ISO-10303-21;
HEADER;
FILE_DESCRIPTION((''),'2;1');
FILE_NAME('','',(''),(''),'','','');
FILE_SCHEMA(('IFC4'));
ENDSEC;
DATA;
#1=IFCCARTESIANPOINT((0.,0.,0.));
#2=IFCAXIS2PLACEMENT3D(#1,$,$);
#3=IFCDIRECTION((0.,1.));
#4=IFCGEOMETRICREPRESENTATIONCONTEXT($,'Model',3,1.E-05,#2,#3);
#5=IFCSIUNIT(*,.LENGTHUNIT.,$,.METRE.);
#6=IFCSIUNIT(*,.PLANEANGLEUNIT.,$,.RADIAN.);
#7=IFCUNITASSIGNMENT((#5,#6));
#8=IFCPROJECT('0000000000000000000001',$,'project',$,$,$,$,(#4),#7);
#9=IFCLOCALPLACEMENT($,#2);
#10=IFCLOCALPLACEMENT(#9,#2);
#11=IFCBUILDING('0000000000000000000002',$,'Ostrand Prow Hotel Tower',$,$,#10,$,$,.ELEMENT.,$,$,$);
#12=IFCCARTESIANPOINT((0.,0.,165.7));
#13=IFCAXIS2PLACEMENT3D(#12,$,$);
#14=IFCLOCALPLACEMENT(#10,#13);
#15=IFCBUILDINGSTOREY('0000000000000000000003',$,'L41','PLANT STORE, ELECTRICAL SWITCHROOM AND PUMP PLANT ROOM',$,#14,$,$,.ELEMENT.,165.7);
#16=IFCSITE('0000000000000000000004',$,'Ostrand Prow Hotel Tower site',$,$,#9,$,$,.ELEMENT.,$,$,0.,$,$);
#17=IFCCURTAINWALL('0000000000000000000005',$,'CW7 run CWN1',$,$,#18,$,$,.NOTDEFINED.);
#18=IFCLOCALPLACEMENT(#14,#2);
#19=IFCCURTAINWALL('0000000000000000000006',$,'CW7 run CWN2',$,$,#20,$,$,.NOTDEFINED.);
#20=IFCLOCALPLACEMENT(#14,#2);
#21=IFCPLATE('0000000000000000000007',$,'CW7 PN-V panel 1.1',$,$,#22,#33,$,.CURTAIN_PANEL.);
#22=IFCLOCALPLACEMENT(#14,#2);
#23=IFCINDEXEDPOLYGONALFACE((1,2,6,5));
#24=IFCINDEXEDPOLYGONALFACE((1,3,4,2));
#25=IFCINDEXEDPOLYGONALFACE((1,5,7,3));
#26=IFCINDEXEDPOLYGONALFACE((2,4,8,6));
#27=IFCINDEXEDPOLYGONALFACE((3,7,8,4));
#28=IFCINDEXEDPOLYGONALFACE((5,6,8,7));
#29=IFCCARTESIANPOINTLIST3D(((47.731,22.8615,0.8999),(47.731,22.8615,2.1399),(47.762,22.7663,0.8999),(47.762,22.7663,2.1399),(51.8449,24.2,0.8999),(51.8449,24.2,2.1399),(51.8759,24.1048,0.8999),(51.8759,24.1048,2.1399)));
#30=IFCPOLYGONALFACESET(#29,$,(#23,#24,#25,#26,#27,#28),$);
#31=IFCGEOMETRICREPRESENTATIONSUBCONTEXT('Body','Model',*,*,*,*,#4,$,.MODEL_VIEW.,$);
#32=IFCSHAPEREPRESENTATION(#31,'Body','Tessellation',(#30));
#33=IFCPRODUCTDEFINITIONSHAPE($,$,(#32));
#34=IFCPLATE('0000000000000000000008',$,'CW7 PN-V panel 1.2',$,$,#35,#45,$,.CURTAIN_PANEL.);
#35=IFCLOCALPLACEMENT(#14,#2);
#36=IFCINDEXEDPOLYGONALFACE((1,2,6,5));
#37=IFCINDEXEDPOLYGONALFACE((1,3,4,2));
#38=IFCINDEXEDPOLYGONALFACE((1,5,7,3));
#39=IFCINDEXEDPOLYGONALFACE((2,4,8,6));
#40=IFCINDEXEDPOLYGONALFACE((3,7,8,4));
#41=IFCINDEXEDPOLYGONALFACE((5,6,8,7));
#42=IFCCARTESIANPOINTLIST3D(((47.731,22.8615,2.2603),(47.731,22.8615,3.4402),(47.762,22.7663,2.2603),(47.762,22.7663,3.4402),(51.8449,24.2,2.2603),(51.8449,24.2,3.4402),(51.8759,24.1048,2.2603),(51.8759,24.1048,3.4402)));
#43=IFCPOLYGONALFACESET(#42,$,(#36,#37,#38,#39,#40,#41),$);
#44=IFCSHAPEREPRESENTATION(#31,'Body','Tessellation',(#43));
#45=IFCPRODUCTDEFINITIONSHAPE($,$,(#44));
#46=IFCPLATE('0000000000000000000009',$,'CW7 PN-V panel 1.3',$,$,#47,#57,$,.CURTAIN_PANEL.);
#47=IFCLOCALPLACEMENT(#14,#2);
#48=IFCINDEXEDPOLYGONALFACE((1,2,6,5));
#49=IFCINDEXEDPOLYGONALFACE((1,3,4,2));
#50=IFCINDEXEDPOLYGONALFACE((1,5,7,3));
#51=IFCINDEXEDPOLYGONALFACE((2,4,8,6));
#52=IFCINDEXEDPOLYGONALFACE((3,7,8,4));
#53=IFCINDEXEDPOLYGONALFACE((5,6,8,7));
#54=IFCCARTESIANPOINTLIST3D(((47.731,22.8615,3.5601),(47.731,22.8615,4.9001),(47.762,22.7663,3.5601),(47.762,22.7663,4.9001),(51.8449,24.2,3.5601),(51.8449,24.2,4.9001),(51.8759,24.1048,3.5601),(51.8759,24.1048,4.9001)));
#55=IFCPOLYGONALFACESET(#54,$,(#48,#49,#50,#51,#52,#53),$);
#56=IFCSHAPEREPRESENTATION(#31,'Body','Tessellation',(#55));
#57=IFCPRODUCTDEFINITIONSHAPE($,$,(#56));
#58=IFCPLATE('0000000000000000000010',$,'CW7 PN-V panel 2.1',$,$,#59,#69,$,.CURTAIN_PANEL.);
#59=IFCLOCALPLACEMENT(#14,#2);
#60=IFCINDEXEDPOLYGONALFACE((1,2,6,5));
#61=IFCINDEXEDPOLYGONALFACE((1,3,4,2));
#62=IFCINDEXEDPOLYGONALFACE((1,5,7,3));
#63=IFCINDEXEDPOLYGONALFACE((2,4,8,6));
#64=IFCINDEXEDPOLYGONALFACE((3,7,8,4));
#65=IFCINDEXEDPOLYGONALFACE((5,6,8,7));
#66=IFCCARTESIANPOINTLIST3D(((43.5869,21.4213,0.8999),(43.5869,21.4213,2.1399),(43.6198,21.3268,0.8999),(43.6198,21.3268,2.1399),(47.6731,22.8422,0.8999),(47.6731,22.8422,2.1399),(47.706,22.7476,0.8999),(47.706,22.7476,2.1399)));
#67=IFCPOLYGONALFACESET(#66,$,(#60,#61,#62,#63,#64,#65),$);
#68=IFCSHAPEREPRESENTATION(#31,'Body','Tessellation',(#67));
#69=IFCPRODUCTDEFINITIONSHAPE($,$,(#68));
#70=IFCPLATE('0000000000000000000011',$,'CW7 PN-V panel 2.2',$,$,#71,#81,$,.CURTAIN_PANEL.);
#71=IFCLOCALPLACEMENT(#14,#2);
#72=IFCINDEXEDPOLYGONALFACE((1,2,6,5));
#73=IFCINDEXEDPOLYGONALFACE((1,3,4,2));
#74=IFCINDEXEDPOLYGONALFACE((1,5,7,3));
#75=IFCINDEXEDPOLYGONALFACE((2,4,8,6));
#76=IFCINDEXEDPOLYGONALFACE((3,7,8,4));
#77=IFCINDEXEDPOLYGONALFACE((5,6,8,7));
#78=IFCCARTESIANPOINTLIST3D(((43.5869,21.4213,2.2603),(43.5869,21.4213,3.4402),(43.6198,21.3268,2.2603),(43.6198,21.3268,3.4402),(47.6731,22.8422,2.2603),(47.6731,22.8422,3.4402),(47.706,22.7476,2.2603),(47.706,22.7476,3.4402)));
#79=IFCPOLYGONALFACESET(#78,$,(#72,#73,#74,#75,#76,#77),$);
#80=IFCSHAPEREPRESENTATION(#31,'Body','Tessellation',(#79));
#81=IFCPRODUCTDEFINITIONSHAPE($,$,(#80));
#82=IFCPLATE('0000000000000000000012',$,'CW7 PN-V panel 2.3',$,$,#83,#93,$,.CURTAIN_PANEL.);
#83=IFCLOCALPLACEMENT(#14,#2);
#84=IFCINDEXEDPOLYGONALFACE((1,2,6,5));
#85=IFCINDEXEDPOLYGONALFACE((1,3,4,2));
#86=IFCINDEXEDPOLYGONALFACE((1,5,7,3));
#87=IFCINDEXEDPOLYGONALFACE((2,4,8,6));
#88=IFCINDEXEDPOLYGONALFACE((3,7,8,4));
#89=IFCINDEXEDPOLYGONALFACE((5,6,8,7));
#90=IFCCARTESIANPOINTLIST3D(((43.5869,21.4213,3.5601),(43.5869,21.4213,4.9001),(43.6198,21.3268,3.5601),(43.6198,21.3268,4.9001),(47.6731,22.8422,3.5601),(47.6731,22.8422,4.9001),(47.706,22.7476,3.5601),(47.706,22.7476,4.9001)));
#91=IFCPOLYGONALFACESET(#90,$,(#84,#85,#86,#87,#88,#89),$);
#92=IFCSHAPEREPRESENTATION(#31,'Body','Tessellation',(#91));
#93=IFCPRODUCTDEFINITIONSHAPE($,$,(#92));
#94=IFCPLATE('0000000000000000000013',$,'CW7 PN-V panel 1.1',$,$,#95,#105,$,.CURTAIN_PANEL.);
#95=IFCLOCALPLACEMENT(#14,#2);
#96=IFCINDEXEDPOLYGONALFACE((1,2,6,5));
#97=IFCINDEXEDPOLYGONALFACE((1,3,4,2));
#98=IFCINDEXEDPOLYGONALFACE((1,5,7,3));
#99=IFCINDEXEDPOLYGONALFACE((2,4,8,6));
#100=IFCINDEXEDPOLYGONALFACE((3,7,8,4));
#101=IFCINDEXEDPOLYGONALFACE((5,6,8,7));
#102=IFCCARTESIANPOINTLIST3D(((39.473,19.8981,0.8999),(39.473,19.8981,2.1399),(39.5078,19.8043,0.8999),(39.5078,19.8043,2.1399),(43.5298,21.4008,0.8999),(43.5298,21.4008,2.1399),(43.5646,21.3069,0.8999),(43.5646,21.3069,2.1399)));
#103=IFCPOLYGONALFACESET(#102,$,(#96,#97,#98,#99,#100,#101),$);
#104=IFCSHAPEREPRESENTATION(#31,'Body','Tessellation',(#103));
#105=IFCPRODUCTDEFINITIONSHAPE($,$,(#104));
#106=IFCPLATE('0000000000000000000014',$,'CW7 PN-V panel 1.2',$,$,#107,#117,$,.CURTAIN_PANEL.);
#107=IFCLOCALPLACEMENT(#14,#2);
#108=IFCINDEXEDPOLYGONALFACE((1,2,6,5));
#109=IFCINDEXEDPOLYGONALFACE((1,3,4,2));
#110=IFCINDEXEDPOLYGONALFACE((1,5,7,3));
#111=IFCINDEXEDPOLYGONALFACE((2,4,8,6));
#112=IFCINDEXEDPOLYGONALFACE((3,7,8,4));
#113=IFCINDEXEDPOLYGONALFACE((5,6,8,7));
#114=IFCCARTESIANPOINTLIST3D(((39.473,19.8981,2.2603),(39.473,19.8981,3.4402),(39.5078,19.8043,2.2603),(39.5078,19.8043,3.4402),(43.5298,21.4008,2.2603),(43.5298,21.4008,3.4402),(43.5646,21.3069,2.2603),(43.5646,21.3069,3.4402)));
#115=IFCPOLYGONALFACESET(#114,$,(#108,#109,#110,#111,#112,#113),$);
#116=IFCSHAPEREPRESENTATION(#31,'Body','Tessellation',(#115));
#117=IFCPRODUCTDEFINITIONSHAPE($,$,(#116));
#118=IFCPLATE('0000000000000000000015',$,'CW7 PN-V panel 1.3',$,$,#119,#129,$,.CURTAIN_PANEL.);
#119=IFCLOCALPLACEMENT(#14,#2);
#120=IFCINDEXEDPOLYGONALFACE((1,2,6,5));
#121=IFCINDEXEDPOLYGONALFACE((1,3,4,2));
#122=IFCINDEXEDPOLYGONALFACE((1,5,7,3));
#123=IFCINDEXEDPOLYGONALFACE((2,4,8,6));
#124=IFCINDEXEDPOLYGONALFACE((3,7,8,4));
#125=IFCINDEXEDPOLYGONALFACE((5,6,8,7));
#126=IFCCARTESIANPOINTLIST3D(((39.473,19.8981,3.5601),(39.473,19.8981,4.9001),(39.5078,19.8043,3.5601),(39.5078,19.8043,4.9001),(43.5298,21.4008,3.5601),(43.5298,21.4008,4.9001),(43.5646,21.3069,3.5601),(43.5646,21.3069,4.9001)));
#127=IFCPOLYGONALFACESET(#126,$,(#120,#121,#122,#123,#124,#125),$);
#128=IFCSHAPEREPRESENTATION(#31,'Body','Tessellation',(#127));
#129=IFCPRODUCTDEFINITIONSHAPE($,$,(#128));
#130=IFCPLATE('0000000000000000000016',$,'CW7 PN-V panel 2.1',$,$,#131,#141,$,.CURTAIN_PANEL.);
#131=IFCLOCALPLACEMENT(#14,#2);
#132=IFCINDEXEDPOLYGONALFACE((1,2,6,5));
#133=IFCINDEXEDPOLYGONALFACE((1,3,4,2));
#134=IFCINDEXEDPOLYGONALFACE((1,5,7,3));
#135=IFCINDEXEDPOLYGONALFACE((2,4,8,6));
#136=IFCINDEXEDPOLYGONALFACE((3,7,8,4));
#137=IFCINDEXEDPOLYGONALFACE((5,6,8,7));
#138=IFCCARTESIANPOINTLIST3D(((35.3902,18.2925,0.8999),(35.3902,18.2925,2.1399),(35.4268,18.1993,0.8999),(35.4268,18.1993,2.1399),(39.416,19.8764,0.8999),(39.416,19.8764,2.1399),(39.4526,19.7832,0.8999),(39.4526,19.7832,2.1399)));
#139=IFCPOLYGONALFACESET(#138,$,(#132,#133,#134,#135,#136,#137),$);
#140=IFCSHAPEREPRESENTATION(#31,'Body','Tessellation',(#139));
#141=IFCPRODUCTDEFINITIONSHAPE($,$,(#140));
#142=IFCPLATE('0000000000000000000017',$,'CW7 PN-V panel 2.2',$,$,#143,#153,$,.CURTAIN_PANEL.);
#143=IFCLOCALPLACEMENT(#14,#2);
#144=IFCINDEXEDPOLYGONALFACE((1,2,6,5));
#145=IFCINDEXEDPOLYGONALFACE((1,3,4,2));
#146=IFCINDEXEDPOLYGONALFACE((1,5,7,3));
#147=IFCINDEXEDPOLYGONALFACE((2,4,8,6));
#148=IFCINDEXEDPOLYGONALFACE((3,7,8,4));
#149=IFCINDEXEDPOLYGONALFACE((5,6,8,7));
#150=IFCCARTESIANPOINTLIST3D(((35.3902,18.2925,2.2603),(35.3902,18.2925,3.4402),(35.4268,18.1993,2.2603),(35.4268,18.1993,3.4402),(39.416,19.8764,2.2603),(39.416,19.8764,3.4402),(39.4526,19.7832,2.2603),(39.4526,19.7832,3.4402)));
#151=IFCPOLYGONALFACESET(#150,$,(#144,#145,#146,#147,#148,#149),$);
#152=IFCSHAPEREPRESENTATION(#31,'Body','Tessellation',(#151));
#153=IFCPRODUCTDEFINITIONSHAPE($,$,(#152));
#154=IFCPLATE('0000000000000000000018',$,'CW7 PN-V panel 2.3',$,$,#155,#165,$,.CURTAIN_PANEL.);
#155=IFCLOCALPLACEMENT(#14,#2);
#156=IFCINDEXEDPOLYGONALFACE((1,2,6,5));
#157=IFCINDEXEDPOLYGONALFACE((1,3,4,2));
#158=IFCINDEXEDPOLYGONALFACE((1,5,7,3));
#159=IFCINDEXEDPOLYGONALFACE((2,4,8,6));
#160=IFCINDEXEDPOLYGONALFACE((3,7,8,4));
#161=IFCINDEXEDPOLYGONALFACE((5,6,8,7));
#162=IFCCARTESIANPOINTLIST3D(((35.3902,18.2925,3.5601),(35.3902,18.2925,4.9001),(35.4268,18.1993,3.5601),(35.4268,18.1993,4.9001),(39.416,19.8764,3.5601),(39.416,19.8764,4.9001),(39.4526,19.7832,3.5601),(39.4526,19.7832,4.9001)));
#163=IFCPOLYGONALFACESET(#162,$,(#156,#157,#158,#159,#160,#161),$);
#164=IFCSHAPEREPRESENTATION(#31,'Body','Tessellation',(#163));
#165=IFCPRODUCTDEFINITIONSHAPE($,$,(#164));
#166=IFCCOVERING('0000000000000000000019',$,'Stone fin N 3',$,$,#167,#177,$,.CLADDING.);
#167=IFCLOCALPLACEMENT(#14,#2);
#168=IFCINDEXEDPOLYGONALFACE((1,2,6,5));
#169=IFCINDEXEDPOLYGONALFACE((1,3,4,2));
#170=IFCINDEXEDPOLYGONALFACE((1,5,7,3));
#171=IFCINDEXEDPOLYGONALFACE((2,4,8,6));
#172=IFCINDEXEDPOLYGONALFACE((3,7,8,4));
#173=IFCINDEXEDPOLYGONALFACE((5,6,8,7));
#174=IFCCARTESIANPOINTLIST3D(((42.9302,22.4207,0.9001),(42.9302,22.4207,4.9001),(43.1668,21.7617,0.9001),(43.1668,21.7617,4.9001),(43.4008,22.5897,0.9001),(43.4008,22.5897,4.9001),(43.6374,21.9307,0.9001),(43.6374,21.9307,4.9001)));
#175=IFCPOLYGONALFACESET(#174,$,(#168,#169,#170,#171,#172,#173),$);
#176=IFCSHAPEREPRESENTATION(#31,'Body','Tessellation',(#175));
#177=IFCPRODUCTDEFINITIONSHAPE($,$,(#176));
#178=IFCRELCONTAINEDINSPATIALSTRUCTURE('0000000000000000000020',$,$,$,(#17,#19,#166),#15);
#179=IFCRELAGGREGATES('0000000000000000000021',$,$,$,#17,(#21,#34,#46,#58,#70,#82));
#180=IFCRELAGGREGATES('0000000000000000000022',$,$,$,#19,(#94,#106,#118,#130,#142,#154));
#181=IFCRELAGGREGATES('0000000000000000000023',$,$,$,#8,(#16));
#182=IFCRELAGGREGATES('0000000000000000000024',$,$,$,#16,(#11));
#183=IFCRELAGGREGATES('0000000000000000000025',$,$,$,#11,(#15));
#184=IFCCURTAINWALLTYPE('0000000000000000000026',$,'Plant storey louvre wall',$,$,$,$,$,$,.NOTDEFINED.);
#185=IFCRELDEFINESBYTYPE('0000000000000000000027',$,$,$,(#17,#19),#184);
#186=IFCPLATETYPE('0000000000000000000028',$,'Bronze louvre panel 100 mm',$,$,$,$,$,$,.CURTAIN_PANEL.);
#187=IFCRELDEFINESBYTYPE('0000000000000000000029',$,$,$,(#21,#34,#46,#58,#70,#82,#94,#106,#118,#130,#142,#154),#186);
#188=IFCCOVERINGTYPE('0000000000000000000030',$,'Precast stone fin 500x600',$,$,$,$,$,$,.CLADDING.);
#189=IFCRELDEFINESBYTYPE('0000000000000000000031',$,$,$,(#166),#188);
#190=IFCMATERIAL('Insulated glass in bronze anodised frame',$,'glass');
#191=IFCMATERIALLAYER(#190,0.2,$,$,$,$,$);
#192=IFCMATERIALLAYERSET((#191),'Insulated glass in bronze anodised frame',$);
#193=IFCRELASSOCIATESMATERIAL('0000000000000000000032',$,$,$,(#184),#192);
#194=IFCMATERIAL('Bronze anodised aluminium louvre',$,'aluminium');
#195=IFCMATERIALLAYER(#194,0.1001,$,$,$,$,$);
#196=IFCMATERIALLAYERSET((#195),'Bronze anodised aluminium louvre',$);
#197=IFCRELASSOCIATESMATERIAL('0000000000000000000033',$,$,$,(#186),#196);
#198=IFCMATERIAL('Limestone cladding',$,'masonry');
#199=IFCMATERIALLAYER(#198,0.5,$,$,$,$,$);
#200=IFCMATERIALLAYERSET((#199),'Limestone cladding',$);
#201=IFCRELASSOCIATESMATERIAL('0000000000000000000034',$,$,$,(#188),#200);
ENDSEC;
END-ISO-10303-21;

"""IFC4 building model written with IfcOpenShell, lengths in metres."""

from ifc_helpers import new_model, si_unit, direction, frame, frame_2d, origin, origin_2d, place, context, subcontext, project, spatial, rectangle, extrude, material, layer, layer_set, type_object, element, aggregate, save


model = new_model("IFC4")

# Units and contexts
model_context = context("Model", 3, precision=1e-05, world=origin(), true_north=direction((0.0, 1.0)))
body_context = subcontext(model_context, "Body", "Model", "MODEL_VIEW")
ifc_project = project(units=[si_unit("LENGTHUNIT", "METRE"), si_unit("PLANEANGLEUNIT", "RADIAN")], contexts=[model_context])

# Site, building, storey
site_placement = place(None, origin())
site = spatial("IfcSite", under=ifc_project, at=site_placement, Name="Ostrand Prow Hotel Tower site", CompositionType="ELEMENT", RefElevation=0.0)
building_placement = place(site_placement, origin())
building = spatial("IfcBuilding", under=site, at=building_placement, Name="Ostrand Prow Hotel Tower", CompositionType="ELEMENT")
storey_placement = place(building_placement, frame((0.0, 0.0, 165.7)))
storey = spatial("IfcBuildingStorey", under=building, at=storey_placement, Name="L41", Description="PLANT STORE, ELECTRICAL SWITCHROOM AND PUMP PLANT ROOM", CompositionType="ELEMENT", Elevation=165.7)

# Curtain walls
ifc_material_1 = material(Name="Insulated glass in bronze anodised frame", Category="glass")
ifc_layer_1 = layer(ifc_material_1, 0.2)
ifc_layer_set_1 = layer_set([ifc_layer_1], Name="Insulated glass in bronze anodised frame")
curtain_wall_type = type_object("IfcCurtainWallType", Name="Plant storey louvre wall", PredefinedType="NOTDEFINED", material=ifc_layer_set_1)
curtain_wall_1_placement = place(storey_placement, origin())
curtain_wall_1 = element("IfcCurtainWall", 1, at=curtain_wall_1_placement, inside=storey, type_object=curtain_wall_type, Name="CW7 run CWN1", PredefinedType="NOTDEFINED")
curtain_wall_2_placement = place(storey_placement, origin())
curtain_wall_2 = element("IfcCurtainWall", 2, at=curtain_wall_2_placement, inside=storey, type_object=curtain_wall_type, Name="CW7 run CWN2", PredefinedType="NOTDEFINED")

# Plates
ifc_material_2 = material(Name="Bronze anodised aluminium louvre", Category="aluminium")
ifc_layer_2 = layer(ifc_material_2, 0.1001)
ifc_layer_set_2 = layer_set([ifc_layer_2], Name="Bronze anodised aluminium louvre")
plate_type = type_object("IfcPlateType", Name="Bronze louvre panel 100 mm", PredefinedType="CURTAIN_PANEL", material=ifc_layer_set_2)
plate_1_placement = place(storey_placement, frame((49.8035, 23.4832, 0.8999), z_axis=(0.0, 0.0, 1.0), x_axis=(-0.950938, -0.30938, 0.0)))
plate_1 = element("IfcPlate", 3, at=plate_1_placement, type_object=plate_type, Name="CW7 PN-V panel 1.1", PredefinedType="CURTAIN_PANEL", context=body_context, shape_type="SweptSolid", body=[
    extrude(rectangle(XDim=4.3262, YDim=0.1001, at=origin_2d()), origin(), (0.0, 0.0, 1.0), 1.24),
])
plate_2_placement = place(storey_placement, frame((49.8035, 23.4832, 2.2603), z_axis=(0.0, 0.0, 1.0), x_axis=(-0.950938, -0.30938, 0.0)))
plate_2 = element("IfcPlate", 4, at=plate_2_placement, type_object=plate_type, Name="CW7 PN-V panel 1.2", PredefinedType="CURTAIN_PANEL", context=body_context, shape_type="SweptSolid", body=[
    extrude(rectangle(XDim=4.3262, YDim=0.1001, at=origin_2d()), origin(), (0.0, 0.0, 1.0), 1.1799),
])
plate_3_placement = place(storey_placement, frame((49.8035, 23.4832, 3.5601), z_axis=(0.0, 0.0, 1.0), x_axis=(-0.950938, -0.30938, 0.0)))
plate_3 = element("IfcPlate", 5, at=plate_3_placement, type_object=plate_type, Name="CW7 PN-V panel 1.3", PredefinedType="CURTAIN_PANEL", context=body_context, shape_type="SweptSolid", body=[
    extrude(rectangle(XDim=4.3262, YDim=0.1001, at=origin_2d()), origin(), (0.0, 0.0, 1.0), 1.3401),
])
plate_4_placement = place(storey_placement, frame((45.6465, 22.0845, 0.8999), z_axis=(0.0, 0.0, 1.0), x_axis=(-0.944529, -0.328428, 0.0)))
plate_4 = element("IfcPlate", 6, at=plate_4_placement, type_object=plate_type, Name="CW7 PN-V panel 2.1", PredefinedType="CURTAIN_PANEL", context=body_context, shape_type="SweptSolid", body=[
    extrude(rectangle(XDim=4.3262, YDim=0.1001, at=origin_2d()), origin(), (0.0, 0.0, 1.0), 1.24),
])
plate_5_placement = place(storey_placement, frame((45.6465, 22.0845, 2.2603), z_axis=(0.0, 0.0, 1.0), x_axis=(-0.944529, -0.328428, 0.0)))
plate_5 = element("IfcPlate", 7, at=plate_5_placement, type_object=plate_type, Name="CW7 PN-V panel 2.2", PredefinedType="CURTAIN_PANEL", context=body_context, shape_type="SweptSolid", body=[
    extrude(rectangle(XDim=4.3262, YDim=0.1001, at=origin_2d()), origin(), (0.0, 0.0, 1.0), 1.1799),
])
plate_6_placement = place(storey_placement, frame((45.6465, 22.0845, 3.5601), z_axis=(0.0, 0.0, 1.0), x_axis=(-0.944529, -0.328428, 0.0)))
plate_6 = element("IfcPlate", 8, at=plate_6_placement, type_object=plate_type, Name="CW7 PN-V panel 2.3", PredefinedType="CURTAIN_PANEL", context=body_context, shape_type="SweptSolid", body=[
    extrude(rectangle(XDim=4.3262, YDim=0.1001, at=origin_2d()), origin(), (0.0, 0.0, 1.0), 1.3401),
])
aggregate(curtain_wall_1, [plate_1, plate_2, plate_3, plate_4, plate_5, plate_6])
plate_7_placement = place(storey_placement, frame((41.5188, 20.6025, 0.8999), z_axis=(0.0, 0.0, 1.0), x_axis=(-0.937739, -0.347342, 0.0)))
plate_7 = element("IfcPlate", 9, at=plate_7_placement, type_object=plate_type, Name="CW7 PN-V panel 1.1", PredefinedType="CURTAIN_PANEL", context=body_context, shape_type="SweptSolid", body=[
    extrude(rectangle(XDim=4.3262, YDim=0.1001, at=origin_2d()), origin(), (0.0, 0.0, 1.0), 1.24),
])
plate_8_placement = place(storey_placement, frame((41.5188, 20.6025, 2.2603), z_axis=(0.0, 0.0, 1.0), x_axis=(-0.937739, -0.347342, 0.0)))
plate_8 = element("IfcPlate", 10, at=plate_8_placement, type_object=plate_type, Name="CW7 PN-V panel 1.2", PredefinedType="CURTAIN_PANEL", context=body_context, shape_type="SweptSolid", body=[
    extrude(rectangle(XDim=4.3262, YDim=0.1001, at=origin_2d()), origin(), (0.0, 0.0, 1.0), 1.1799),
])
plate_9_placement = place(storey_placement, frame((41.5188, 20.6025, 3.5601), z_axis=(0.0, 0.0, 1.0), x_axis=(-0.937739, -0.347342, 0.0)))
plate_9 = element("IfcPlate", 11, at=plate_9_placement, type_object=plate_type, Name="CW7 PN-V panel 1.3", PredefinedType="CURTAIN_PANEL", context=body_context, shape_type="SweptSolid", body=[
    extrude(rectangle(XDim=4.3262, YDim=0.1001, at=origin_2d()), origin(), (0.0, 0.0, 1.0), 1.3401),
])
plate_10_placement = place(storey_placement, frame((37.4214, 19.0378, 0.8999), z_axis=(0.0, 0.0, 1.0), x_axis=(-0.930569, -0.366116, 0.0)))
plate_10 = element("IfcPlate", 12, at=plate_10_placement, type_object=plate_type, Name="CW7 PN-V panel 2.1", PredefinedType="CURTAIN_PANEL", context=body_context, shape_type="SweptSolid", body=[
    extrude(rectangle(XDim=4.3262, YDim=0.1001, at=origin_2d()), origin(), (0.0, 0.0, 1.0), 1.24),
])
plate_11_placement = place(storey_placement, frame((37.4214, 19.0378, 2.2603), z_axis=(0.0, 0.0, 1.0), x_axis=(-0.930569, -0.366116, 0.0)))
plate_11 = element("IfcPlate", 13, at=plate_11_placement, type_object=plate_type, Name="CW7 PN-V panel 2.2", PredefinedType="CURTAIN_PANEL", context=body_context, shape_type="SweptSolid", body=[
    extrude(rectangle(XDim=4.3262, YDim=0.1001, at=origin_2d()), origin(), (0.0, 0.0, 1.0), 1.1799),
])
plate_12_placement = place(storey_placement, frame((37.4214, 19.0378, 3.5601), z_axis=(0.0, 0.0, 1.0), x_axis=(-0.930569, -0.366116, 0.0)))
plate_12 = element("IfcPlate", 14, at=plate_12_placement, type_object=plate_type, Name="CW7 PN-V panel 2.3", PredefinedType="CURTAIN_PANEL", context=body_context, shape_type="SweptSolid", body=[
    extrude(rectangle(XDim=4.3262, YDim=0.1001, at=origin_2d()), origin(), (0.0, 0.0, 1.0), 1.3401),
])
aggregate(curtain_wall_2, [plate_7, plate_8, plate_9, plate_10, plate_11, plate_12])

# Covering
ifc_material_3 = material(Name="Limestone cladding", Category="masonry")
ifc_layer_3 = layer(ifc_material_3, 0.5)
ifc_layer_set_3 = layer_set([ifc_layer_3], Name="Limestone cladding")
covering_type = type_object("IfcCoveringType", Name="Precast stone fin 500x600", PredefinedType="CLADDING", material=ifc_layer_set_3)
covering_placement = place(storey_placement, frame((43.4021, 21.8462, 0.9001), z_axis=(0.0, 0.0, 1.0), x_axis=(-0.337904, 0.94118, 0.0)))
element("IfcCovering", 15, at=covering_placement, inside=storey, type_object=covering_type, Name="Stone fin N 3", PredefinedType="CLADDING", context=body_context, shape_type="SweptSolid", body=[
    extrude(rectangle(XDim=0.7002, YDim=0.5, at=frame_2d((0.3501, 0.0))), origin(), (0.0, 0.0, 1.0), 4.0),
])

save(model, "model.ifc")
